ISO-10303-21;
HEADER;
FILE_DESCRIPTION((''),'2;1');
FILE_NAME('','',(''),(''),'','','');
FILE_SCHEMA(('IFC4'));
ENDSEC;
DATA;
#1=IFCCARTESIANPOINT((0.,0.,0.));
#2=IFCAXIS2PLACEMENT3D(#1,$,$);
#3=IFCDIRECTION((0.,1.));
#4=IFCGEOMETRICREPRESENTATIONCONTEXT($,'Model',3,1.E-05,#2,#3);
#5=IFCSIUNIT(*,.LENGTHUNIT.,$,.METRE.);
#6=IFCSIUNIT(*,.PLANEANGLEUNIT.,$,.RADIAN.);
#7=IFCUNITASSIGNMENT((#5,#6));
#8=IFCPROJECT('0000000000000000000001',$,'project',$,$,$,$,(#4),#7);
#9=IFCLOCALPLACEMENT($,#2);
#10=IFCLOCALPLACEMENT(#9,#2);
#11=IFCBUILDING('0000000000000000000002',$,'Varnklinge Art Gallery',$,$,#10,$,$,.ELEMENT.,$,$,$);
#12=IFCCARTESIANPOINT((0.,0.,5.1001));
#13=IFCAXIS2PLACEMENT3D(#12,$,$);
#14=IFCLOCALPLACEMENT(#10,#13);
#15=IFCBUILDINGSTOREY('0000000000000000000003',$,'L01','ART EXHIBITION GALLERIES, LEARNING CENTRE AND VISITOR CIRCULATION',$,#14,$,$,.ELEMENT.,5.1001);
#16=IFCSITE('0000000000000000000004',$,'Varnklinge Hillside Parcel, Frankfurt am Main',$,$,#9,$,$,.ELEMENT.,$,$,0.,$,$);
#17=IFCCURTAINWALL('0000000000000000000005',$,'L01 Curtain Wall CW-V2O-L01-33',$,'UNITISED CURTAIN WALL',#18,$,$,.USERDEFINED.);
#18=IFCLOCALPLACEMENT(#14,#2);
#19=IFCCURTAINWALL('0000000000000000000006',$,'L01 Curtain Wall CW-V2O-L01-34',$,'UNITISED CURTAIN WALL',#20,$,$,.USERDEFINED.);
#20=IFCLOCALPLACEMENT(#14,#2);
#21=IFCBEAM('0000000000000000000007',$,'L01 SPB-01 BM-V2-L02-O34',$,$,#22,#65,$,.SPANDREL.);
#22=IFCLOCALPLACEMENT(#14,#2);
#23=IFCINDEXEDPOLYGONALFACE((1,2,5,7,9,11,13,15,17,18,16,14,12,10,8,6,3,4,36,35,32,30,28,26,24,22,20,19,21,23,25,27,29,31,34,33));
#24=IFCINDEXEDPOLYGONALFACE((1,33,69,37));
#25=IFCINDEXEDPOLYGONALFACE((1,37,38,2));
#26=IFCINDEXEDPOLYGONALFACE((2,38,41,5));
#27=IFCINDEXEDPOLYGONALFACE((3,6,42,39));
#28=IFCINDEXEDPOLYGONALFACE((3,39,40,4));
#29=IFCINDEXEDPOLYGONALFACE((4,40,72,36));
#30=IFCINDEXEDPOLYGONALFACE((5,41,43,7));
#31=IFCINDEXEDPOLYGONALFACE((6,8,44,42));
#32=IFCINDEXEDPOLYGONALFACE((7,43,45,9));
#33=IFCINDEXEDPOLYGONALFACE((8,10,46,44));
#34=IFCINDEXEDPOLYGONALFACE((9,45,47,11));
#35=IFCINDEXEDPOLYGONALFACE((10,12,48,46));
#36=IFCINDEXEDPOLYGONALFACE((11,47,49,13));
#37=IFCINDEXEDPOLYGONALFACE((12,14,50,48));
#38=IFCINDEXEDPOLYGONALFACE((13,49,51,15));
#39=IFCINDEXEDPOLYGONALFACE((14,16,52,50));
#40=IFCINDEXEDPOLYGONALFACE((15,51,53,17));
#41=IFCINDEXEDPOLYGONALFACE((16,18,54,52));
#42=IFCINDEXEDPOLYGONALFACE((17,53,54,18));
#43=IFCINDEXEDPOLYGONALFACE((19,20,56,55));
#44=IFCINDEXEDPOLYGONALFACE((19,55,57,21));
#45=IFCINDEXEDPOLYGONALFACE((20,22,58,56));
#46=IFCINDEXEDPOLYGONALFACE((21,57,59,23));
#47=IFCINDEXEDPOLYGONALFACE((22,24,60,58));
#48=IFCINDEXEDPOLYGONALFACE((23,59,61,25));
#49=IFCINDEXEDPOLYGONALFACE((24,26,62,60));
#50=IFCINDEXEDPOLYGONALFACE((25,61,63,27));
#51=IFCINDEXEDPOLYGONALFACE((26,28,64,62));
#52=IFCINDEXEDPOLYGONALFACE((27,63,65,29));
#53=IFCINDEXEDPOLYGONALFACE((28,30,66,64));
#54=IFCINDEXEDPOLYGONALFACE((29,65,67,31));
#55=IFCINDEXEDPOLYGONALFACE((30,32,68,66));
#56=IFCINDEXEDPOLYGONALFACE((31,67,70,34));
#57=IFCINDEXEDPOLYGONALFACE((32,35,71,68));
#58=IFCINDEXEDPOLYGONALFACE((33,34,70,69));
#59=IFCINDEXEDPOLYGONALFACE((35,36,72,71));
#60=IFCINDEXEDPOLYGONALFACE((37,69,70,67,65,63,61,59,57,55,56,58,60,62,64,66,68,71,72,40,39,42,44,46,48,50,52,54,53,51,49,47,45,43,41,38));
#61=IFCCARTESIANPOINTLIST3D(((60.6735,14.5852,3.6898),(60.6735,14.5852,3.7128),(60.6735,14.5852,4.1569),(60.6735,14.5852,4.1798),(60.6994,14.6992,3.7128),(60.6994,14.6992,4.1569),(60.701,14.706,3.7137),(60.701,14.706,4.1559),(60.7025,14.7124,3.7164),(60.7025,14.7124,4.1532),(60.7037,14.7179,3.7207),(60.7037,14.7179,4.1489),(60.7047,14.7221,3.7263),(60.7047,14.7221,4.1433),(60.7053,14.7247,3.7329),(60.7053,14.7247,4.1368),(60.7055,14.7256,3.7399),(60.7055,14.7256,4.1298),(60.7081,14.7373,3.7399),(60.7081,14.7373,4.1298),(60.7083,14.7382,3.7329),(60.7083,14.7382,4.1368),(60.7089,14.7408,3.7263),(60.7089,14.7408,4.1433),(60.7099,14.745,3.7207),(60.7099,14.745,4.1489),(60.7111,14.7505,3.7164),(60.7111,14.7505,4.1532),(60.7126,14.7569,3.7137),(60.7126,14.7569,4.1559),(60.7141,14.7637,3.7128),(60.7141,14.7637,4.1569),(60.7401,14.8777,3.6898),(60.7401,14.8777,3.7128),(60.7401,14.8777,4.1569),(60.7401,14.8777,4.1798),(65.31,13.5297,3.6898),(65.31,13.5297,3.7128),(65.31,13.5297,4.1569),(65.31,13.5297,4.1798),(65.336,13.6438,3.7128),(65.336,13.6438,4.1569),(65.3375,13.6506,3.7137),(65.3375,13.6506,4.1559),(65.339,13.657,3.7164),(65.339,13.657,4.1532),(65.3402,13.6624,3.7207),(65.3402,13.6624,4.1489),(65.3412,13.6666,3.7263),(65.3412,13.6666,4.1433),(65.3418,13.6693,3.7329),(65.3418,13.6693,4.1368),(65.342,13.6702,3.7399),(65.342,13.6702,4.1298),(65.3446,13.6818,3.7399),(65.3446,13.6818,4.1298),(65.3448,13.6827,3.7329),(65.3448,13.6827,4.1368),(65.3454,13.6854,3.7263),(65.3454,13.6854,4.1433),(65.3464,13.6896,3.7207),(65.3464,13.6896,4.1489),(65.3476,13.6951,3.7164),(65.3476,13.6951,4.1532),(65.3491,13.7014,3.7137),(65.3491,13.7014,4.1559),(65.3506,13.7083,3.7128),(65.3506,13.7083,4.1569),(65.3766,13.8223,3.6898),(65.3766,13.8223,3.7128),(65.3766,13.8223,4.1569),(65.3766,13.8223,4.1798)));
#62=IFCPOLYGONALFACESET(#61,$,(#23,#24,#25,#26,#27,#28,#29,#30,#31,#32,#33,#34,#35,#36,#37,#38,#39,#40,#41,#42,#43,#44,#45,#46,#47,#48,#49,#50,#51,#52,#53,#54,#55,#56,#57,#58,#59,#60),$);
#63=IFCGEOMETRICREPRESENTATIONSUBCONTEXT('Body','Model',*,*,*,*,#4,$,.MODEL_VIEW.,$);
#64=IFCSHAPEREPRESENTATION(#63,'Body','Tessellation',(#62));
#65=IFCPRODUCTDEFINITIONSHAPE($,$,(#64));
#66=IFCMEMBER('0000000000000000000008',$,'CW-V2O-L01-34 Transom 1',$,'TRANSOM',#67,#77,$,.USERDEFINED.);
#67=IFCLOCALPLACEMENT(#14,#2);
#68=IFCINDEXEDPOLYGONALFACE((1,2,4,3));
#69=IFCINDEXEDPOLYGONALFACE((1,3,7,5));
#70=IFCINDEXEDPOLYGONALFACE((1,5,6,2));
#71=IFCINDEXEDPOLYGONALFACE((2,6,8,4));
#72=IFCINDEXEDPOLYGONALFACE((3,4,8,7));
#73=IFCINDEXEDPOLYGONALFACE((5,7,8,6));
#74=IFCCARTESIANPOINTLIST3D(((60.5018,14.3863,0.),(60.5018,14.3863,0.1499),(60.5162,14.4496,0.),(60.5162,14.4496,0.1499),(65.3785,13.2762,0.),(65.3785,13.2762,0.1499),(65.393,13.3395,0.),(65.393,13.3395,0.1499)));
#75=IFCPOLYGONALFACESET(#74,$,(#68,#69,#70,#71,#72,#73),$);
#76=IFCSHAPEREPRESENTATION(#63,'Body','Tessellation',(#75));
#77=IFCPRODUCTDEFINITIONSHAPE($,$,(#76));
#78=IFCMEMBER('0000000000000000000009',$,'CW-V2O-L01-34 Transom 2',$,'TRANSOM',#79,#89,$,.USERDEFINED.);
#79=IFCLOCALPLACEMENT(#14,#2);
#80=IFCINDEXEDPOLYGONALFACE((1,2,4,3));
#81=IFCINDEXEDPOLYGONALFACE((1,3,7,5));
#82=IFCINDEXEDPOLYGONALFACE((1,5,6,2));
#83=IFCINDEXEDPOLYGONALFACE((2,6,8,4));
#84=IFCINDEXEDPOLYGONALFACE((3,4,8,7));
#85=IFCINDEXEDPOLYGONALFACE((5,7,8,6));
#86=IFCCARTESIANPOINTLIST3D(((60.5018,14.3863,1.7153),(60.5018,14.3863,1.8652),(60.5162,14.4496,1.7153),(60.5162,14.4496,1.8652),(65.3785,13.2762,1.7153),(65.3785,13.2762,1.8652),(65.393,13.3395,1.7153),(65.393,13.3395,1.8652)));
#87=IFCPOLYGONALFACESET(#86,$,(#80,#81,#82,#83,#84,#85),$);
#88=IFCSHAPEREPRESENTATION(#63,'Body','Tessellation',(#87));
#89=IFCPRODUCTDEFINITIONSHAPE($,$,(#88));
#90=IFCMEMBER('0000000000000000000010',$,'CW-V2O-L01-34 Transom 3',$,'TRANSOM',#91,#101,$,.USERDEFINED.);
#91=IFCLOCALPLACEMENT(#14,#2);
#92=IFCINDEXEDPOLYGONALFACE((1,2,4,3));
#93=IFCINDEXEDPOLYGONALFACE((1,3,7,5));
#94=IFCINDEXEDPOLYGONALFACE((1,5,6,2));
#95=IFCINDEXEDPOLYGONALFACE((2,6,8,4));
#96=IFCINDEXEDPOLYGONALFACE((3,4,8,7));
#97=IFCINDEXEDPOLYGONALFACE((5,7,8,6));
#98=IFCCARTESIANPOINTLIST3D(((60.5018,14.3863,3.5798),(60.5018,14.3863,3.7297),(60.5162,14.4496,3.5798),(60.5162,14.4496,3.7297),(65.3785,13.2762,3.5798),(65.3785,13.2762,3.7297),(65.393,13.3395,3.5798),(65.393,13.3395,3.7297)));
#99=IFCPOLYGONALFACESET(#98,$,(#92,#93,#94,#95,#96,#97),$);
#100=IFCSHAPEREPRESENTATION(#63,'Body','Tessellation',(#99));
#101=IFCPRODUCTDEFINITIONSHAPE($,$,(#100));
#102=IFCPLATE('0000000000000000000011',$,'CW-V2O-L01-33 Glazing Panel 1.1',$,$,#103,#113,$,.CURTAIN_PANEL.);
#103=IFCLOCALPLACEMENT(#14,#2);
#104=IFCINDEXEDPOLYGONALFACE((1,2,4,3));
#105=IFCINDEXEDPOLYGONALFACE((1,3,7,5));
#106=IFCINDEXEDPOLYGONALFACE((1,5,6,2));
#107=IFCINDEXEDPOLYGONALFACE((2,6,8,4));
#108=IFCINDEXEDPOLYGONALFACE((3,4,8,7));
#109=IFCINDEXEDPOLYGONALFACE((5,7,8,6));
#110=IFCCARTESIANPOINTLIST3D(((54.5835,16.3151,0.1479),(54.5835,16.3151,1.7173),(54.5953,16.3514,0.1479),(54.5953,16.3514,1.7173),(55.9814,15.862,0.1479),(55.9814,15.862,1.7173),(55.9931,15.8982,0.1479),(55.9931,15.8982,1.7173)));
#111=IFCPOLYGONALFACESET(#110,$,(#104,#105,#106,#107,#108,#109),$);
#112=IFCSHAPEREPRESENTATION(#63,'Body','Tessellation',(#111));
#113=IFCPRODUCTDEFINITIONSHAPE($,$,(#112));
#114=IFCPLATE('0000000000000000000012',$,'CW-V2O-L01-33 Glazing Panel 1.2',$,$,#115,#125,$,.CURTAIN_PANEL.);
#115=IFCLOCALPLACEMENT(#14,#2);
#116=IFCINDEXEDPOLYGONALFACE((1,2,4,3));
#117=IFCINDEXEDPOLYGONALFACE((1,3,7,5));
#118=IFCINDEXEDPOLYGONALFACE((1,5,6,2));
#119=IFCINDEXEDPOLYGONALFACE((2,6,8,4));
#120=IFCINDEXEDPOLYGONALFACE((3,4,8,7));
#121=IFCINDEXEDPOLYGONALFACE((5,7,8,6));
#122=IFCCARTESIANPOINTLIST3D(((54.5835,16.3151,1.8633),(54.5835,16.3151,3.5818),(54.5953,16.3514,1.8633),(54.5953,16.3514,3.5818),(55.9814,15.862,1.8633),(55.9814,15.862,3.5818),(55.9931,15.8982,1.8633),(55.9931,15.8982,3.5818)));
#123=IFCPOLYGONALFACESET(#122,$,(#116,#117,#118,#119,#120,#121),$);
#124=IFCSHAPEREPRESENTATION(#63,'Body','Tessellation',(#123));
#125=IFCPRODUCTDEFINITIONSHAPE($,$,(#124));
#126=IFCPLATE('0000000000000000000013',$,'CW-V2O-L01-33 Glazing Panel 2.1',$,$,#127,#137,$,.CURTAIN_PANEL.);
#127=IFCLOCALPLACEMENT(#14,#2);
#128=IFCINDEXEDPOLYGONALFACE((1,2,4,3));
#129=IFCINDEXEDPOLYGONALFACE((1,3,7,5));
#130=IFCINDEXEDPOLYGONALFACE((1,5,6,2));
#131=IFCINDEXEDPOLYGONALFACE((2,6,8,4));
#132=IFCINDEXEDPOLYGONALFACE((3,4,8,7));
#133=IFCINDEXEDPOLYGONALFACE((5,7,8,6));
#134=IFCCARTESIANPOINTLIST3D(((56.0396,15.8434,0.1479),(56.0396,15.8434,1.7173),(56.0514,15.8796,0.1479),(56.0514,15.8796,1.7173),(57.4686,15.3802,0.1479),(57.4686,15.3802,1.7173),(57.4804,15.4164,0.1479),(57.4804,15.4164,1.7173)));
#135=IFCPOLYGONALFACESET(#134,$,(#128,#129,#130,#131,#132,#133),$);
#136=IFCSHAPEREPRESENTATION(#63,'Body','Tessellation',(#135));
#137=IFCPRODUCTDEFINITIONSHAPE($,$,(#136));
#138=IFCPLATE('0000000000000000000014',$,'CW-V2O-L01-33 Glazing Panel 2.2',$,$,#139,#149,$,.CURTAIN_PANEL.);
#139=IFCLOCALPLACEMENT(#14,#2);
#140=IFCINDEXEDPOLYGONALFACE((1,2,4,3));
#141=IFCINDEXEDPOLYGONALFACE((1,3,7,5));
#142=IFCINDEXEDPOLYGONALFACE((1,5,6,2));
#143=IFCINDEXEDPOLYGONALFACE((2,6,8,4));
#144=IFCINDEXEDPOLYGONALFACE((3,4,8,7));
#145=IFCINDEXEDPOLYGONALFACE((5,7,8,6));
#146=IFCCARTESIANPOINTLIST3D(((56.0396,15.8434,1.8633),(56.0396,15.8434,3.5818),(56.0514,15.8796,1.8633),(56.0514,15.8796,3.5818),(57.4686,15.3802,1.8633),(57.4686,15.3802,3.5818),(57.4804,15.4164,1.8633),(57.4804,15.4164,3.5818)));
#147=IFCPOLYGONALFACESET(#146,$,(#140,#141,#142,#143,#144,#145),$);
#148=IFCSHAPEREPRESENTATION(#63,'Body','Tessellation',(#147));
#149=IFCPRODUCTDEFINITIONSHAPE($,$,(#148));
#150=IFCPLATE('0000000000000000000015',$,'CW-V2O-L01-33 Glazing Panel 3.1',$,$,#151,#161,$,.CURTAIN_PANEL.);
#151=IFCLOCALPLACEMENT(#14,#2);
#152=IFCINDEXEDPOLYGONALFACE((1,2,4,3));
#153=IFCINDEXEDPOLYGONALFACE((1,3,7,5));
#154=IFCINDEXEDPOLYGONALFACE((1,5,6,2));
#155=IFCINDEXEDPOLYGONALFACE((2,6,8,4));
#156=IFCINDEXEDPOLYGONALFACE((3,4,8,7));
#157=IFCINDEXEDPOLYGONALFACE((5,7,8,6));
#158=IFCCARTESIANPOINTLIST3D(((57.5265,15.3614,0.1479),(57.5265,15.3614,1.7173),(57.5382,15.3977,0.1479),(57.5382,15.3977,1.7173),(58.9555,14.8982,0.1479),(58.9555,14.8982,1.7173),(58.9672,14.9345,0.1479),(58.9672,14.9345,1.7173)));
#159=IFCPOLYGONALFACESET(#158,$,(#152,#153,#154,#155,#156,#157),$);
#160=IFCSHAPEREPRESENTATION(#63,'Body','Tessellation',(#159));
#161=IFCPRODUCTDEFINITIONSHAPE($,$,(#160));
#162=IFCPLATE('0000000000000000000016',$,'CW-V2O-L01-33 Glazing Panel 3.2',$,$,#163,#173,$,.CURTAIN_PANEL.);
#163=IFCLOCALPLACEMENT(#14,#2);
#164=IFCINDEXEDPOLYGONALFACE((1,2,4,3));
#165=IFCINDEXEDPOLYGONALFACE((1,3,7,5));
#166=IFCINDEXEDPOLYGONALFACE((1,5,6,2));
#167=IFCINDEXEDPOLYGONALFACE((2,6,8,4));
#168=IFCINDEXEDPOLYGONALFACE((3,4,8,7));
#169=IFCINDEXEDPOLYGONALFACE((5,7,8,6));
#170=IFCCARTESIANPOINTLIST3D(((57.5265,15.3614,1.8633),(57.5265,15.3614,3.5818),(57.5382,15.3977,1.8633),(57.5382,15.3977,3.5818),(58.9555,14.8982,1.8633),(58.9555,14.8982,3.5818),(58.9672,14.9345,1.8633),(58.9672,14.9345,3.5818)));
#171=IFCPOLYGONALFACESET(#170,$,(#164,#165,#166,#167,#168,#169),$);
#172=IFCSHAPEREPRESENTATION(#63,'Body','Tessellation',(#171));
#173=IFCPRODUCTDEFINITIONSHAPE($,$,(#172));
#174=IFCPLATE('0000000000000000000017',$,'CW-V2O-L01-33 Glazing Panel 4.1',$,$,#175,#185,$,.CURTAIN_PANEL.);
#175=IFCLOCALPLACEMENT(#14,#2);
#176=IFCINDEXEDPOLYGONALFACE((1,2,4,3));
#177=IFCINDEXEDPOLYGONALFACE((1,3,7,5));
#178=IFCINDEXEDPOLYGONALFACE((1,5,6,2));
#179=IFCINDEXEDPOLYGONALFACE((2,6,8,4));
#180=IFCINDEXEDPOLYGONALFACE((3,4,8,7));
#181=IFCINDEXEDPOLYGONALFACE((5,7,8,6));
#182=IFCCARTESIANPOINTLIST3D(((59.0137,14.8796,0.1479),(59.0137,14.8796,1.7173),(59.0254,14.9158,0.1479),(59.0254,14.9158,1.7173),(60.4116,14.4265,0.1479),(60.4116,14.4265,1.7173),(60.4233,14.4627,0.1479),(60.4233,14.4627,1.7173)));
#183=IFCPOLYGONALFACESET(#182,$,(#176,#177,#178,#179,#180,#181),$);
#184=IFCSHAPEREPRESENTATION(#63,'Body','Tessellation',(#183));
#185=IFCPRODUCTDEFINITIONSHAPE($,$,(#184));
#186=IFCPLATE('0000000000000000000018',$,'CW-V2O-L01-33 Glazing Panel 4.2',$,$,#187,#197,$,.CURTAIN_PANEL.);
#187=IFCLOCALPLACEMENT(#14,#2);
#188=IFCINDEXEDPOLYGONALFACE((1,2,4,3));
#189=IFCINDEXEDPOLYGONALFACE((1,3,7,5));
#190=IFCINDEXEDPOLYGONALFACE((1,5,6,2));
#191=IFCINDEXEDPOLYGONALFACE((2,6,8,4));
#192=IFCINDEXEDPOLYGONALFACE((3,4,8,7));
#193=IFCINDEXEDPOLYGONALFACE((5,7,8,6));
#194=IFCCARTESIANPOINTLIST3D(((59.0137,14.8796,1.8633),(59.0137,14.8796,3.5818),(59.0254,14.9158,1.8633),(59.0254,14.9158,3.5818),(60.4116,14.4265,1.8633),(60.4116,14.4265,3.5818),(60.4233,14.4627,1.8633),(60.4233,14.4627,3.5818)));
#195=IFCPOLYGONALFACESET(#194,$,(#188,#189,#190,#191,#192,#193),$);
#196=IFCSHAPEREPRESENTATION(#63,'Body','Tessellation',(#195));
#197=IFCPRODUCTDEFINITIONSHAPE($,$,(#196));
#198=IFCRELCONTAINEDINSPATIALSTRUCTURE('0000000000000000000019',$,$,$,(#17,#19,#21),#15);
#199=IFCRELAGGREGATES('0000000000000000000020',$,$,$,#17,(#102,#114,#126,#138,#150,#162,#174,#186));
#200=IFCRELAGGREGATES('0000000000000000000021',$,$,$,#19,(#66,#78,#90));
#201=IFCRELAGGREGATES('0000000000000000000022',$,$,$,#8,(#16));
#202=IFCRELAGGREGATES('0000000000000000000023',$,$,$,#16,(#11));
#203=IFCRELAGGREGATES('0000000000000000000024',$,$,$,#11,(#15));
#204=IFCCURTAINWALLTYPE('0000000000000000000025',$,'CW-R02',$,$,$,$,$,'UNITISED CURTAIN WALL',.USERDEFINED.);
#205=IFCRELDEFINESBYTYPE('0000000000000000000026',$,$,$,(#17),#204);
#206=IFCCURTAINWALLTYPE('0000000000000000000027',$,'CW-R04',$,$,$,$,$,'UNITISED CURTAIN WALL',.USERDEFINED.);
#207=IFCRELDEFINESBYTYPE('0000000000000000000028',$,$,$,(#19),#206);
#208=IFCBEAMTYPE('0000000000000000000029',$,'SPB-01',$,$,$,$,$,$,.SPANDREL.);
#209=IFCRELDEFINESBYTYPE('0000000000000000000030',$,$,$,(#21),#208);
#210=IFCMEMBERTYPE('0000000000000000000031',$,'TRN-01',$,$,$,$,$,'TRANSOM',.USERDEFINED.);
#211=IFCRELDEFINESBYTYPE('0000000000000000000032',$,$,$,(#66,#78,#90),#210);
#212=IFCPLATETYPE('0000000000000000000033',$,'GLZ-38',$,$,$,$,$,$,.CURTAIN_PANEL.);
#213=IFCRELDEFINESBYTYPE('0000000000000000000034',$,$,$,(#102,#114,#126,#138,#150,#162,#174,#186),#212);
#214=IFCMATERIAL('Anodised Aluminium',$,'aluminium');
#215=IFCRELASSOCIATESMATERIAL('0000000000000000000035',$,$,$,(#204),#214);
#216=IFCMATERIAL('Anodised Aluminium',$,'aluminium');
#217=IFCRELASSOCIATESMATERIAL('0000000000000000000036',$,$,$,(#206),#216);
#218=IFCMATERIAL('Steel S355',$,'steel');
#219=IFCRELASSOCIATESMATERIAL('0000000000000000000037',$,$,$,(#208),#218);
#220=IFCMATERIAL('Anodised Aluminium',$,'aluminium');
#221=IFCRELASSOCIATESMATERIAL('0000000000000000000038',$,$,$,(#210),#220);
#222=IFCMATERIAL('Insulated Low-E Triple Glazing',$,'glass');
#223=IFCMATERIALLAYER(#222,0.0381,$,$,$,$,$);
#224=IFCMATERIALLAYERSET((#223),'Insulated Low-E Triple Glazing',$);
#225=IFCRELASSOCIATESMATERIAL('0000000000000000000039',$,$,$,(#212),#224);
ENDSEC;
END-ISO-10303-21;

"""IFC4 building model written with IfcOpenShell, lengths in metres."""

from ifc_helpers import new_model, si_unit, direction, frame, origin, origin_2d, place, context, subcontext, project, spatial, rectangle, i_section, extrude, material, layer, layer_set, material_profile, profile_set, type_object, element, aggregate, save


model = new_model("IFC4")

# Units and contexts
model_context = context("Model", 3, precision=1e-05, world=origin(), true_north=direction((0.0, 1.0)))
body_context = subcontext(model_context, "Body", "Model", "MODEL_VIEW")
ifc_project = project(units=[si_unit("LENGTHUNIT", "METRE"), si_unit("PLANEANGLEUNIT", "RADIAN")], contexts=[model_context])

# Site, building, storey
site_placement = place(None, origin())
site = spatial("IfcSite", under=ifc_project, at=site_placement, Name="Varnklinge Hillside Parcel, Frankfurt am Main", CompositionType="ELEMENT", RefElevation=0.0)
building_placement = place(site_placement, origin())
building = spatial("IfcBuilding", under=site, at=building_placement, Name="Varnklinge Art Gallery", CompositionType="ELEMENT")
storey_placement = place(building_placement, frame((0.0, 0.0, 5.1001)))
storey = spatial("IfcBuildingStorey", under=building, at=storey_placement, Name="L01", Description="ART EXHIBITION GALLERIES, LEARNING CENTRE AND VISITOR CIRCULATION", CompositionType="ELEMENT", Elevation=5.1001)

# Curtain wall
ifc_material_1 = material(Name="Anodised Aluminium", Category="aluminium")
curtain_wall_type_1 = type_object("IfcCurtainWallType", Name="CW-R02", ElementType="UNITISED CURTAIN WALL", PredefinedType="USERDEFINED", material=ifc_material_1)
curtain_wall_1_placement = place(storey_placement, origin())
curtain_wall_1 = element("IfcCurtainWall", 1, at=curtain_wall_1_placement, inside=storey, type_object=curtain_wall_type_1, Name="L01 Curtain Wall CW-V2O-L01-33", ObjectType="UNITISED CURTAIN WALL", PredefinedType="USERDEFINED")

# Curtain wall
ifc_material_2 = material(Name="Anodised Aluminium", Category="aluminium")
curtain_wall_type_2 = type_object("IfcCurtainWallType", Name="CW-R04", ElementType="UNITISED CURTAIN WALL", PredefinedType="USERDEFINED", material=ifc_material_2)
curtain_wall_2_placement = place(storey_placement, origin())
curtain_wall_2 = element("IfcCurtainWall", 2, at=curtain_wall_2_placement, inside=storey, type_object=curtain_wall_type_2, Name="L01 Curtain Wall CW-V2O-L01-34", ObjectType="UNITISED CURTAIN WALL", PredefinedType="USERDEFINED")

# Beam
ifc_material_3 = material(Name="Steel S355", Category="steel")
ifc_material_profile_1 = material_profile(ifc_material_3, i_section(OverallWidth=0.3, OverallDepth=0.49, WebThickness=0.012, FlangeThickness=0.0229, FilletRadius=0.0271, at=origin_2d()), Name="HEA 500")
ifc_profile_set_1 = profile_set([ifc_material_profile_1], Name="Steel S355")
beam_type_1 = type_object("IfcBeamType", Name="SPB-01", PredefinedType="SPANDREL", material=ifc_profile_set_1)
beam_1_placement = place(storey_placement, frame((60.7068, 14.7314, 3.9348), z_axis=(0.975057, -0.221956, 0.0), x_axis=(0.221956, 0.975057, 0.0)))
element("IfcBeam", 3, at=beam_1_placement, inside=storey, type_object=beam_type_1, Name="L01 SPB-01 BM-V2-L02-O34", PredefinedType="SPANDREL", context=body_context, shape_type="SweptSolid", body=[
    extrude(i_section(OverallWidth=0.3, OverallDepth=0.49, WebThickness=0.012, FlangeThickness=0.0229, FilletRadius=0.0271, at=origin_2d()), origin(), (0.0, 0.0, 1.0), 4.7551),
])

# Members
ifc_material_4 = material(Name="Anodised Aluminium", Category="aluminium")
ifc_material_profile_2 = material_profile(ifc_material_4, rectangle(XDim=0.0649, YDim=0.1499, at=origin_2d()), Name="ALU 65x150")
ifc_profile_set_2 = profile_set([ifc_material_profile_2], Name="Anodised Aluminium")
member_type_1 = type_object("IfcMemberType", Name="TRN-01", ElementType="TRANSOM", PredefinedType="USERDEFINED", material=ifc_profile_set_2)
member_1_placement = place(storey_placement, frame((60.509, 14.418, 0.075), z_axis=(0.975057, -0.221957, 0.0), x_axis=(0.221957, 0.975057, 0.0)))
member_1 = element("IfcMember", 4, at=member_1_placement, type_object=member_type_1, Name="CW-V2O-L01-34 Transom 1", ObjectType="TRANSOM", PredefinedType="USERDEFINED", context=body_context, shape_type="SweptSolid", body=[
    extrude(rectangle(XDim=0.0649, YDim=0.1499, at=origin_2d()), origin(), (0.0, 0.0, 1.0), 5.0015),
])
member_2_placement = place(storey_placement, frame((60.509, 14.418, 1.7903), z_axis=(0.975057, -0.221957, 0.0), x_axis=(0.221957, 0.975057, 0.0)))
member_2 = element("IfcMember", 5, at=member_2_placement, type_object=member_type_1, Name="CW-V2O-L01-34 Transom 2", ObjectType="TRANSOM", PredefinedType="USERDEFINED", context=body_context, shape_type="SweptSolid", body=[
    extrude(rectangle(XDim=0.0649, YDim=0.1499, at=origin_2d()), origin(), (0.0, 0.0, 1.0), 5.0015),
])
member_3_placement = place(storey_placement, frame((60.509, 14.418, 3.6548), z_axis=(0.975057, -0.221957, 0.0), x_axis=(0.221957, 0.975057, 0.0)))
member_3 = element("IfcMember", 6, at=member_3_placement, type_object=member_type_1, Name="CW-V2O-L01-34 Transom 3", ObjectType="TRANSOM", PredefinedType="USERDEFINED", context=body_context, shape_type="SweptSolid", body=[
    extrude(rectangle(XDim=0.0649, YDim=0.1499, at=origin_2d()), origin(), (0.0, 0.0, 1.0), 5.0015),
])

# Plates
ifc_material_5 = material(Name="Insulated Low-E Triple Glazing", Category="glass")
ifc_layer_1 = layer(ifc_material_5, 0.0381)
ifc_layer_set_1 = layer_set([ifc_layer_1], Name="Insulated Low-E Triple Glazing")
plate_type_1 = type_object("IfcPlateType", Name="GLZ-38", PredefinedType="CURTAIN_PANEL", material=ifc_layer_set_1)
plate_1_placement = place(storey_placement, frame((55.2883, 16.1067, 0.1479), z_axis=(0.0, 0.0, 1.0), x_axis=(0.951272, -0.308353, 0.0)))
plate_1 = element("IfcPlate", 7, at=plate_1_placement, type_object=plate_type_1, Name="CW-V2O-L01-33 Glazing Panel 1.1", PredefinedType="CURTAIN_PANEL", context=body_context, shape_type="SweptSolid", body=[
    extrude(rectangle(XDim=1.4695, YDim=0.0381, at=origin_2d()), origin(), (0.0, 0.0, 1.0), 1.5693),
])
plate_2_placement = place(storey_placement, frame((55.2883, 16.1067, 1.8633), z_axis=(0.0, 0.0, 1.0), x_axis=(0.951272, -0.308353, 0.0)))
plate_2 = element("IfcPlate", 8, at=plate_2_placement, type_object=plate_type_1, Name="CW-V2O-L01-33 Glazing Panel 1.2", PredefinedType="CURTAIN_PANEL", context=body_context, shape_type="SweptSolid", body=[
    extrude(rectangle(XDim=1.4695, YDim=0.0381, at=origin_2d()), origin(), (0.0, 0.0, 1.0), 1.7185),
])
plate_3_placement = place(storey_placement, frame((56.76, 15.6299, 0.1479), z_axis=(0.0, 0.0, 1.0), x_axis=(0.951272, -0.308353, 0.0)))
plate_3 = element("IfcPlate", 9, at=plate_3_placement, type_object=plate_type_1, Name="CW-V2O-L01-33 Glazing Panel 2.1", PredefinedType="CURTAIN_PANEL", context=body_context, shape_type="SweptSolid", body=[
    extrude(rectangle(XDim=1.5022, YDim=0.0381, at=origin_2d()), origin(), (0.0, 0.0, 1.0), 1.5693),
])
plate_4_placement = place(storey_placement, frame((56.76, 15.6299, 1.8633), z_axis=(0.0, 0.0, 1.0), x_axis=(0.951272, -0.308353, 0.0)))
plate_4 = element("IfcPlate", 10, at=plate_4_placement, type_object=plate_type_1, Name="CW-V2O-L01-33 Glazing Panel 2.2", PredefinedType="CURTAIN_PANEL", context=body_context, shape_type="SweptSolid", body=[
    extrude(rectangle(XDim=1.5022, YDim=0.0381, at=origin_2d()), origin(), (0.0, 0.0, 1.0), 1.7185),
])
plate_5_placement = place(storey_placement, frame((58.2468, 15.1479, 0.1479), z_axis=(0.0, 0.0, 1.0), x_axis=(0.951272, -0.308353, 0.0)))
plate_5 = element("IfcPlate", 11, at=plate_5_placement, type_object=plate_type_1, Name="CW-V2O-L01-33 Glazing Panel 3.1", PredefinedType="CURTAIN_PANEL", context=body_context, shape_type="SweptSolid", body=[
    extrude(rectangle(XDim=1.5022, YDim=0.0381, at=origin_2d()), origin(), (0.0, 0.0, 1.0), 1.5693),
])
plate_6_placement = place(storey_placement, frame((58.2468, 15.1479, 1.8633), z_axis=(0.0, 0.0, 1.0), x_axis=(0.951272, -0.308353, 0.0)))
plate_6 = element("IfcPlate", 12, at=plate_6_placement, type_object=plate_type_1, Name="CW-V2O-L01-33 Glazing Panel 3.2", PredefinedType="CURTAIN_PANEL", context=body_context, shape_type="SweptSolid", body=[
    extrude(rectangle(XDim=1.5022, YDim=0.0381, at=origin_2d()), origin(), (0.0, 0.0, 1.0), 1.7185),
])
plate_7_placement = place(storey_placement, frame((59.7185, 14.6711, 0.1479), z_axis=(0.0, 0.0, 1.0), x_axis=(0.951272, -0.308353, 0.0)))
plate_7 = element("IfcPlate", 13, at=plate_7_placement, type_object=plate_type_1, Name="CW-V2O-L01-33 Glazing Panel 4.1", PredefinedType="CURTAIN_PANEL", context=body_context, shape_type="SweptSolid", body=[
    extrude(rectangle(XDim=1.4695, YDim=0.0381, at=origin_2d()), origin(), (0.0, 0.0, 1.0), 1.5693),
])
plate_8_placement = place(storey_placement, frame((59.7185, 14.6711, 1.8633), z_axis=(0.0, 0.0, 1.0), x_axis=(0.951272, -0.308353, 0.0)))
plate_8 = element("IfcPlate", 14, at=plate_8_placement, type_object=plate_type_1, Name="CW-V2O-L01-33 Glazing Panel 4.2", PredefinedType="CURTAIN_PANEL", context=body_context, shape_type="SweptSolid", body=[
    extrude(rectangle(XDim=1.4695, YDim=0.0381, at=origin_2d()), origin(), (0.0, 0.0, 1.0), 1.7185),
])
aggregate(curtain_wall_1, [plate_1, plate_2, plate_3, plate_4, plate_5, plate_6, plate_7, plate_8])
aggregate(curtain_wall_2, [member_1, member_2, member_3])

save(model, "model.ifc")
